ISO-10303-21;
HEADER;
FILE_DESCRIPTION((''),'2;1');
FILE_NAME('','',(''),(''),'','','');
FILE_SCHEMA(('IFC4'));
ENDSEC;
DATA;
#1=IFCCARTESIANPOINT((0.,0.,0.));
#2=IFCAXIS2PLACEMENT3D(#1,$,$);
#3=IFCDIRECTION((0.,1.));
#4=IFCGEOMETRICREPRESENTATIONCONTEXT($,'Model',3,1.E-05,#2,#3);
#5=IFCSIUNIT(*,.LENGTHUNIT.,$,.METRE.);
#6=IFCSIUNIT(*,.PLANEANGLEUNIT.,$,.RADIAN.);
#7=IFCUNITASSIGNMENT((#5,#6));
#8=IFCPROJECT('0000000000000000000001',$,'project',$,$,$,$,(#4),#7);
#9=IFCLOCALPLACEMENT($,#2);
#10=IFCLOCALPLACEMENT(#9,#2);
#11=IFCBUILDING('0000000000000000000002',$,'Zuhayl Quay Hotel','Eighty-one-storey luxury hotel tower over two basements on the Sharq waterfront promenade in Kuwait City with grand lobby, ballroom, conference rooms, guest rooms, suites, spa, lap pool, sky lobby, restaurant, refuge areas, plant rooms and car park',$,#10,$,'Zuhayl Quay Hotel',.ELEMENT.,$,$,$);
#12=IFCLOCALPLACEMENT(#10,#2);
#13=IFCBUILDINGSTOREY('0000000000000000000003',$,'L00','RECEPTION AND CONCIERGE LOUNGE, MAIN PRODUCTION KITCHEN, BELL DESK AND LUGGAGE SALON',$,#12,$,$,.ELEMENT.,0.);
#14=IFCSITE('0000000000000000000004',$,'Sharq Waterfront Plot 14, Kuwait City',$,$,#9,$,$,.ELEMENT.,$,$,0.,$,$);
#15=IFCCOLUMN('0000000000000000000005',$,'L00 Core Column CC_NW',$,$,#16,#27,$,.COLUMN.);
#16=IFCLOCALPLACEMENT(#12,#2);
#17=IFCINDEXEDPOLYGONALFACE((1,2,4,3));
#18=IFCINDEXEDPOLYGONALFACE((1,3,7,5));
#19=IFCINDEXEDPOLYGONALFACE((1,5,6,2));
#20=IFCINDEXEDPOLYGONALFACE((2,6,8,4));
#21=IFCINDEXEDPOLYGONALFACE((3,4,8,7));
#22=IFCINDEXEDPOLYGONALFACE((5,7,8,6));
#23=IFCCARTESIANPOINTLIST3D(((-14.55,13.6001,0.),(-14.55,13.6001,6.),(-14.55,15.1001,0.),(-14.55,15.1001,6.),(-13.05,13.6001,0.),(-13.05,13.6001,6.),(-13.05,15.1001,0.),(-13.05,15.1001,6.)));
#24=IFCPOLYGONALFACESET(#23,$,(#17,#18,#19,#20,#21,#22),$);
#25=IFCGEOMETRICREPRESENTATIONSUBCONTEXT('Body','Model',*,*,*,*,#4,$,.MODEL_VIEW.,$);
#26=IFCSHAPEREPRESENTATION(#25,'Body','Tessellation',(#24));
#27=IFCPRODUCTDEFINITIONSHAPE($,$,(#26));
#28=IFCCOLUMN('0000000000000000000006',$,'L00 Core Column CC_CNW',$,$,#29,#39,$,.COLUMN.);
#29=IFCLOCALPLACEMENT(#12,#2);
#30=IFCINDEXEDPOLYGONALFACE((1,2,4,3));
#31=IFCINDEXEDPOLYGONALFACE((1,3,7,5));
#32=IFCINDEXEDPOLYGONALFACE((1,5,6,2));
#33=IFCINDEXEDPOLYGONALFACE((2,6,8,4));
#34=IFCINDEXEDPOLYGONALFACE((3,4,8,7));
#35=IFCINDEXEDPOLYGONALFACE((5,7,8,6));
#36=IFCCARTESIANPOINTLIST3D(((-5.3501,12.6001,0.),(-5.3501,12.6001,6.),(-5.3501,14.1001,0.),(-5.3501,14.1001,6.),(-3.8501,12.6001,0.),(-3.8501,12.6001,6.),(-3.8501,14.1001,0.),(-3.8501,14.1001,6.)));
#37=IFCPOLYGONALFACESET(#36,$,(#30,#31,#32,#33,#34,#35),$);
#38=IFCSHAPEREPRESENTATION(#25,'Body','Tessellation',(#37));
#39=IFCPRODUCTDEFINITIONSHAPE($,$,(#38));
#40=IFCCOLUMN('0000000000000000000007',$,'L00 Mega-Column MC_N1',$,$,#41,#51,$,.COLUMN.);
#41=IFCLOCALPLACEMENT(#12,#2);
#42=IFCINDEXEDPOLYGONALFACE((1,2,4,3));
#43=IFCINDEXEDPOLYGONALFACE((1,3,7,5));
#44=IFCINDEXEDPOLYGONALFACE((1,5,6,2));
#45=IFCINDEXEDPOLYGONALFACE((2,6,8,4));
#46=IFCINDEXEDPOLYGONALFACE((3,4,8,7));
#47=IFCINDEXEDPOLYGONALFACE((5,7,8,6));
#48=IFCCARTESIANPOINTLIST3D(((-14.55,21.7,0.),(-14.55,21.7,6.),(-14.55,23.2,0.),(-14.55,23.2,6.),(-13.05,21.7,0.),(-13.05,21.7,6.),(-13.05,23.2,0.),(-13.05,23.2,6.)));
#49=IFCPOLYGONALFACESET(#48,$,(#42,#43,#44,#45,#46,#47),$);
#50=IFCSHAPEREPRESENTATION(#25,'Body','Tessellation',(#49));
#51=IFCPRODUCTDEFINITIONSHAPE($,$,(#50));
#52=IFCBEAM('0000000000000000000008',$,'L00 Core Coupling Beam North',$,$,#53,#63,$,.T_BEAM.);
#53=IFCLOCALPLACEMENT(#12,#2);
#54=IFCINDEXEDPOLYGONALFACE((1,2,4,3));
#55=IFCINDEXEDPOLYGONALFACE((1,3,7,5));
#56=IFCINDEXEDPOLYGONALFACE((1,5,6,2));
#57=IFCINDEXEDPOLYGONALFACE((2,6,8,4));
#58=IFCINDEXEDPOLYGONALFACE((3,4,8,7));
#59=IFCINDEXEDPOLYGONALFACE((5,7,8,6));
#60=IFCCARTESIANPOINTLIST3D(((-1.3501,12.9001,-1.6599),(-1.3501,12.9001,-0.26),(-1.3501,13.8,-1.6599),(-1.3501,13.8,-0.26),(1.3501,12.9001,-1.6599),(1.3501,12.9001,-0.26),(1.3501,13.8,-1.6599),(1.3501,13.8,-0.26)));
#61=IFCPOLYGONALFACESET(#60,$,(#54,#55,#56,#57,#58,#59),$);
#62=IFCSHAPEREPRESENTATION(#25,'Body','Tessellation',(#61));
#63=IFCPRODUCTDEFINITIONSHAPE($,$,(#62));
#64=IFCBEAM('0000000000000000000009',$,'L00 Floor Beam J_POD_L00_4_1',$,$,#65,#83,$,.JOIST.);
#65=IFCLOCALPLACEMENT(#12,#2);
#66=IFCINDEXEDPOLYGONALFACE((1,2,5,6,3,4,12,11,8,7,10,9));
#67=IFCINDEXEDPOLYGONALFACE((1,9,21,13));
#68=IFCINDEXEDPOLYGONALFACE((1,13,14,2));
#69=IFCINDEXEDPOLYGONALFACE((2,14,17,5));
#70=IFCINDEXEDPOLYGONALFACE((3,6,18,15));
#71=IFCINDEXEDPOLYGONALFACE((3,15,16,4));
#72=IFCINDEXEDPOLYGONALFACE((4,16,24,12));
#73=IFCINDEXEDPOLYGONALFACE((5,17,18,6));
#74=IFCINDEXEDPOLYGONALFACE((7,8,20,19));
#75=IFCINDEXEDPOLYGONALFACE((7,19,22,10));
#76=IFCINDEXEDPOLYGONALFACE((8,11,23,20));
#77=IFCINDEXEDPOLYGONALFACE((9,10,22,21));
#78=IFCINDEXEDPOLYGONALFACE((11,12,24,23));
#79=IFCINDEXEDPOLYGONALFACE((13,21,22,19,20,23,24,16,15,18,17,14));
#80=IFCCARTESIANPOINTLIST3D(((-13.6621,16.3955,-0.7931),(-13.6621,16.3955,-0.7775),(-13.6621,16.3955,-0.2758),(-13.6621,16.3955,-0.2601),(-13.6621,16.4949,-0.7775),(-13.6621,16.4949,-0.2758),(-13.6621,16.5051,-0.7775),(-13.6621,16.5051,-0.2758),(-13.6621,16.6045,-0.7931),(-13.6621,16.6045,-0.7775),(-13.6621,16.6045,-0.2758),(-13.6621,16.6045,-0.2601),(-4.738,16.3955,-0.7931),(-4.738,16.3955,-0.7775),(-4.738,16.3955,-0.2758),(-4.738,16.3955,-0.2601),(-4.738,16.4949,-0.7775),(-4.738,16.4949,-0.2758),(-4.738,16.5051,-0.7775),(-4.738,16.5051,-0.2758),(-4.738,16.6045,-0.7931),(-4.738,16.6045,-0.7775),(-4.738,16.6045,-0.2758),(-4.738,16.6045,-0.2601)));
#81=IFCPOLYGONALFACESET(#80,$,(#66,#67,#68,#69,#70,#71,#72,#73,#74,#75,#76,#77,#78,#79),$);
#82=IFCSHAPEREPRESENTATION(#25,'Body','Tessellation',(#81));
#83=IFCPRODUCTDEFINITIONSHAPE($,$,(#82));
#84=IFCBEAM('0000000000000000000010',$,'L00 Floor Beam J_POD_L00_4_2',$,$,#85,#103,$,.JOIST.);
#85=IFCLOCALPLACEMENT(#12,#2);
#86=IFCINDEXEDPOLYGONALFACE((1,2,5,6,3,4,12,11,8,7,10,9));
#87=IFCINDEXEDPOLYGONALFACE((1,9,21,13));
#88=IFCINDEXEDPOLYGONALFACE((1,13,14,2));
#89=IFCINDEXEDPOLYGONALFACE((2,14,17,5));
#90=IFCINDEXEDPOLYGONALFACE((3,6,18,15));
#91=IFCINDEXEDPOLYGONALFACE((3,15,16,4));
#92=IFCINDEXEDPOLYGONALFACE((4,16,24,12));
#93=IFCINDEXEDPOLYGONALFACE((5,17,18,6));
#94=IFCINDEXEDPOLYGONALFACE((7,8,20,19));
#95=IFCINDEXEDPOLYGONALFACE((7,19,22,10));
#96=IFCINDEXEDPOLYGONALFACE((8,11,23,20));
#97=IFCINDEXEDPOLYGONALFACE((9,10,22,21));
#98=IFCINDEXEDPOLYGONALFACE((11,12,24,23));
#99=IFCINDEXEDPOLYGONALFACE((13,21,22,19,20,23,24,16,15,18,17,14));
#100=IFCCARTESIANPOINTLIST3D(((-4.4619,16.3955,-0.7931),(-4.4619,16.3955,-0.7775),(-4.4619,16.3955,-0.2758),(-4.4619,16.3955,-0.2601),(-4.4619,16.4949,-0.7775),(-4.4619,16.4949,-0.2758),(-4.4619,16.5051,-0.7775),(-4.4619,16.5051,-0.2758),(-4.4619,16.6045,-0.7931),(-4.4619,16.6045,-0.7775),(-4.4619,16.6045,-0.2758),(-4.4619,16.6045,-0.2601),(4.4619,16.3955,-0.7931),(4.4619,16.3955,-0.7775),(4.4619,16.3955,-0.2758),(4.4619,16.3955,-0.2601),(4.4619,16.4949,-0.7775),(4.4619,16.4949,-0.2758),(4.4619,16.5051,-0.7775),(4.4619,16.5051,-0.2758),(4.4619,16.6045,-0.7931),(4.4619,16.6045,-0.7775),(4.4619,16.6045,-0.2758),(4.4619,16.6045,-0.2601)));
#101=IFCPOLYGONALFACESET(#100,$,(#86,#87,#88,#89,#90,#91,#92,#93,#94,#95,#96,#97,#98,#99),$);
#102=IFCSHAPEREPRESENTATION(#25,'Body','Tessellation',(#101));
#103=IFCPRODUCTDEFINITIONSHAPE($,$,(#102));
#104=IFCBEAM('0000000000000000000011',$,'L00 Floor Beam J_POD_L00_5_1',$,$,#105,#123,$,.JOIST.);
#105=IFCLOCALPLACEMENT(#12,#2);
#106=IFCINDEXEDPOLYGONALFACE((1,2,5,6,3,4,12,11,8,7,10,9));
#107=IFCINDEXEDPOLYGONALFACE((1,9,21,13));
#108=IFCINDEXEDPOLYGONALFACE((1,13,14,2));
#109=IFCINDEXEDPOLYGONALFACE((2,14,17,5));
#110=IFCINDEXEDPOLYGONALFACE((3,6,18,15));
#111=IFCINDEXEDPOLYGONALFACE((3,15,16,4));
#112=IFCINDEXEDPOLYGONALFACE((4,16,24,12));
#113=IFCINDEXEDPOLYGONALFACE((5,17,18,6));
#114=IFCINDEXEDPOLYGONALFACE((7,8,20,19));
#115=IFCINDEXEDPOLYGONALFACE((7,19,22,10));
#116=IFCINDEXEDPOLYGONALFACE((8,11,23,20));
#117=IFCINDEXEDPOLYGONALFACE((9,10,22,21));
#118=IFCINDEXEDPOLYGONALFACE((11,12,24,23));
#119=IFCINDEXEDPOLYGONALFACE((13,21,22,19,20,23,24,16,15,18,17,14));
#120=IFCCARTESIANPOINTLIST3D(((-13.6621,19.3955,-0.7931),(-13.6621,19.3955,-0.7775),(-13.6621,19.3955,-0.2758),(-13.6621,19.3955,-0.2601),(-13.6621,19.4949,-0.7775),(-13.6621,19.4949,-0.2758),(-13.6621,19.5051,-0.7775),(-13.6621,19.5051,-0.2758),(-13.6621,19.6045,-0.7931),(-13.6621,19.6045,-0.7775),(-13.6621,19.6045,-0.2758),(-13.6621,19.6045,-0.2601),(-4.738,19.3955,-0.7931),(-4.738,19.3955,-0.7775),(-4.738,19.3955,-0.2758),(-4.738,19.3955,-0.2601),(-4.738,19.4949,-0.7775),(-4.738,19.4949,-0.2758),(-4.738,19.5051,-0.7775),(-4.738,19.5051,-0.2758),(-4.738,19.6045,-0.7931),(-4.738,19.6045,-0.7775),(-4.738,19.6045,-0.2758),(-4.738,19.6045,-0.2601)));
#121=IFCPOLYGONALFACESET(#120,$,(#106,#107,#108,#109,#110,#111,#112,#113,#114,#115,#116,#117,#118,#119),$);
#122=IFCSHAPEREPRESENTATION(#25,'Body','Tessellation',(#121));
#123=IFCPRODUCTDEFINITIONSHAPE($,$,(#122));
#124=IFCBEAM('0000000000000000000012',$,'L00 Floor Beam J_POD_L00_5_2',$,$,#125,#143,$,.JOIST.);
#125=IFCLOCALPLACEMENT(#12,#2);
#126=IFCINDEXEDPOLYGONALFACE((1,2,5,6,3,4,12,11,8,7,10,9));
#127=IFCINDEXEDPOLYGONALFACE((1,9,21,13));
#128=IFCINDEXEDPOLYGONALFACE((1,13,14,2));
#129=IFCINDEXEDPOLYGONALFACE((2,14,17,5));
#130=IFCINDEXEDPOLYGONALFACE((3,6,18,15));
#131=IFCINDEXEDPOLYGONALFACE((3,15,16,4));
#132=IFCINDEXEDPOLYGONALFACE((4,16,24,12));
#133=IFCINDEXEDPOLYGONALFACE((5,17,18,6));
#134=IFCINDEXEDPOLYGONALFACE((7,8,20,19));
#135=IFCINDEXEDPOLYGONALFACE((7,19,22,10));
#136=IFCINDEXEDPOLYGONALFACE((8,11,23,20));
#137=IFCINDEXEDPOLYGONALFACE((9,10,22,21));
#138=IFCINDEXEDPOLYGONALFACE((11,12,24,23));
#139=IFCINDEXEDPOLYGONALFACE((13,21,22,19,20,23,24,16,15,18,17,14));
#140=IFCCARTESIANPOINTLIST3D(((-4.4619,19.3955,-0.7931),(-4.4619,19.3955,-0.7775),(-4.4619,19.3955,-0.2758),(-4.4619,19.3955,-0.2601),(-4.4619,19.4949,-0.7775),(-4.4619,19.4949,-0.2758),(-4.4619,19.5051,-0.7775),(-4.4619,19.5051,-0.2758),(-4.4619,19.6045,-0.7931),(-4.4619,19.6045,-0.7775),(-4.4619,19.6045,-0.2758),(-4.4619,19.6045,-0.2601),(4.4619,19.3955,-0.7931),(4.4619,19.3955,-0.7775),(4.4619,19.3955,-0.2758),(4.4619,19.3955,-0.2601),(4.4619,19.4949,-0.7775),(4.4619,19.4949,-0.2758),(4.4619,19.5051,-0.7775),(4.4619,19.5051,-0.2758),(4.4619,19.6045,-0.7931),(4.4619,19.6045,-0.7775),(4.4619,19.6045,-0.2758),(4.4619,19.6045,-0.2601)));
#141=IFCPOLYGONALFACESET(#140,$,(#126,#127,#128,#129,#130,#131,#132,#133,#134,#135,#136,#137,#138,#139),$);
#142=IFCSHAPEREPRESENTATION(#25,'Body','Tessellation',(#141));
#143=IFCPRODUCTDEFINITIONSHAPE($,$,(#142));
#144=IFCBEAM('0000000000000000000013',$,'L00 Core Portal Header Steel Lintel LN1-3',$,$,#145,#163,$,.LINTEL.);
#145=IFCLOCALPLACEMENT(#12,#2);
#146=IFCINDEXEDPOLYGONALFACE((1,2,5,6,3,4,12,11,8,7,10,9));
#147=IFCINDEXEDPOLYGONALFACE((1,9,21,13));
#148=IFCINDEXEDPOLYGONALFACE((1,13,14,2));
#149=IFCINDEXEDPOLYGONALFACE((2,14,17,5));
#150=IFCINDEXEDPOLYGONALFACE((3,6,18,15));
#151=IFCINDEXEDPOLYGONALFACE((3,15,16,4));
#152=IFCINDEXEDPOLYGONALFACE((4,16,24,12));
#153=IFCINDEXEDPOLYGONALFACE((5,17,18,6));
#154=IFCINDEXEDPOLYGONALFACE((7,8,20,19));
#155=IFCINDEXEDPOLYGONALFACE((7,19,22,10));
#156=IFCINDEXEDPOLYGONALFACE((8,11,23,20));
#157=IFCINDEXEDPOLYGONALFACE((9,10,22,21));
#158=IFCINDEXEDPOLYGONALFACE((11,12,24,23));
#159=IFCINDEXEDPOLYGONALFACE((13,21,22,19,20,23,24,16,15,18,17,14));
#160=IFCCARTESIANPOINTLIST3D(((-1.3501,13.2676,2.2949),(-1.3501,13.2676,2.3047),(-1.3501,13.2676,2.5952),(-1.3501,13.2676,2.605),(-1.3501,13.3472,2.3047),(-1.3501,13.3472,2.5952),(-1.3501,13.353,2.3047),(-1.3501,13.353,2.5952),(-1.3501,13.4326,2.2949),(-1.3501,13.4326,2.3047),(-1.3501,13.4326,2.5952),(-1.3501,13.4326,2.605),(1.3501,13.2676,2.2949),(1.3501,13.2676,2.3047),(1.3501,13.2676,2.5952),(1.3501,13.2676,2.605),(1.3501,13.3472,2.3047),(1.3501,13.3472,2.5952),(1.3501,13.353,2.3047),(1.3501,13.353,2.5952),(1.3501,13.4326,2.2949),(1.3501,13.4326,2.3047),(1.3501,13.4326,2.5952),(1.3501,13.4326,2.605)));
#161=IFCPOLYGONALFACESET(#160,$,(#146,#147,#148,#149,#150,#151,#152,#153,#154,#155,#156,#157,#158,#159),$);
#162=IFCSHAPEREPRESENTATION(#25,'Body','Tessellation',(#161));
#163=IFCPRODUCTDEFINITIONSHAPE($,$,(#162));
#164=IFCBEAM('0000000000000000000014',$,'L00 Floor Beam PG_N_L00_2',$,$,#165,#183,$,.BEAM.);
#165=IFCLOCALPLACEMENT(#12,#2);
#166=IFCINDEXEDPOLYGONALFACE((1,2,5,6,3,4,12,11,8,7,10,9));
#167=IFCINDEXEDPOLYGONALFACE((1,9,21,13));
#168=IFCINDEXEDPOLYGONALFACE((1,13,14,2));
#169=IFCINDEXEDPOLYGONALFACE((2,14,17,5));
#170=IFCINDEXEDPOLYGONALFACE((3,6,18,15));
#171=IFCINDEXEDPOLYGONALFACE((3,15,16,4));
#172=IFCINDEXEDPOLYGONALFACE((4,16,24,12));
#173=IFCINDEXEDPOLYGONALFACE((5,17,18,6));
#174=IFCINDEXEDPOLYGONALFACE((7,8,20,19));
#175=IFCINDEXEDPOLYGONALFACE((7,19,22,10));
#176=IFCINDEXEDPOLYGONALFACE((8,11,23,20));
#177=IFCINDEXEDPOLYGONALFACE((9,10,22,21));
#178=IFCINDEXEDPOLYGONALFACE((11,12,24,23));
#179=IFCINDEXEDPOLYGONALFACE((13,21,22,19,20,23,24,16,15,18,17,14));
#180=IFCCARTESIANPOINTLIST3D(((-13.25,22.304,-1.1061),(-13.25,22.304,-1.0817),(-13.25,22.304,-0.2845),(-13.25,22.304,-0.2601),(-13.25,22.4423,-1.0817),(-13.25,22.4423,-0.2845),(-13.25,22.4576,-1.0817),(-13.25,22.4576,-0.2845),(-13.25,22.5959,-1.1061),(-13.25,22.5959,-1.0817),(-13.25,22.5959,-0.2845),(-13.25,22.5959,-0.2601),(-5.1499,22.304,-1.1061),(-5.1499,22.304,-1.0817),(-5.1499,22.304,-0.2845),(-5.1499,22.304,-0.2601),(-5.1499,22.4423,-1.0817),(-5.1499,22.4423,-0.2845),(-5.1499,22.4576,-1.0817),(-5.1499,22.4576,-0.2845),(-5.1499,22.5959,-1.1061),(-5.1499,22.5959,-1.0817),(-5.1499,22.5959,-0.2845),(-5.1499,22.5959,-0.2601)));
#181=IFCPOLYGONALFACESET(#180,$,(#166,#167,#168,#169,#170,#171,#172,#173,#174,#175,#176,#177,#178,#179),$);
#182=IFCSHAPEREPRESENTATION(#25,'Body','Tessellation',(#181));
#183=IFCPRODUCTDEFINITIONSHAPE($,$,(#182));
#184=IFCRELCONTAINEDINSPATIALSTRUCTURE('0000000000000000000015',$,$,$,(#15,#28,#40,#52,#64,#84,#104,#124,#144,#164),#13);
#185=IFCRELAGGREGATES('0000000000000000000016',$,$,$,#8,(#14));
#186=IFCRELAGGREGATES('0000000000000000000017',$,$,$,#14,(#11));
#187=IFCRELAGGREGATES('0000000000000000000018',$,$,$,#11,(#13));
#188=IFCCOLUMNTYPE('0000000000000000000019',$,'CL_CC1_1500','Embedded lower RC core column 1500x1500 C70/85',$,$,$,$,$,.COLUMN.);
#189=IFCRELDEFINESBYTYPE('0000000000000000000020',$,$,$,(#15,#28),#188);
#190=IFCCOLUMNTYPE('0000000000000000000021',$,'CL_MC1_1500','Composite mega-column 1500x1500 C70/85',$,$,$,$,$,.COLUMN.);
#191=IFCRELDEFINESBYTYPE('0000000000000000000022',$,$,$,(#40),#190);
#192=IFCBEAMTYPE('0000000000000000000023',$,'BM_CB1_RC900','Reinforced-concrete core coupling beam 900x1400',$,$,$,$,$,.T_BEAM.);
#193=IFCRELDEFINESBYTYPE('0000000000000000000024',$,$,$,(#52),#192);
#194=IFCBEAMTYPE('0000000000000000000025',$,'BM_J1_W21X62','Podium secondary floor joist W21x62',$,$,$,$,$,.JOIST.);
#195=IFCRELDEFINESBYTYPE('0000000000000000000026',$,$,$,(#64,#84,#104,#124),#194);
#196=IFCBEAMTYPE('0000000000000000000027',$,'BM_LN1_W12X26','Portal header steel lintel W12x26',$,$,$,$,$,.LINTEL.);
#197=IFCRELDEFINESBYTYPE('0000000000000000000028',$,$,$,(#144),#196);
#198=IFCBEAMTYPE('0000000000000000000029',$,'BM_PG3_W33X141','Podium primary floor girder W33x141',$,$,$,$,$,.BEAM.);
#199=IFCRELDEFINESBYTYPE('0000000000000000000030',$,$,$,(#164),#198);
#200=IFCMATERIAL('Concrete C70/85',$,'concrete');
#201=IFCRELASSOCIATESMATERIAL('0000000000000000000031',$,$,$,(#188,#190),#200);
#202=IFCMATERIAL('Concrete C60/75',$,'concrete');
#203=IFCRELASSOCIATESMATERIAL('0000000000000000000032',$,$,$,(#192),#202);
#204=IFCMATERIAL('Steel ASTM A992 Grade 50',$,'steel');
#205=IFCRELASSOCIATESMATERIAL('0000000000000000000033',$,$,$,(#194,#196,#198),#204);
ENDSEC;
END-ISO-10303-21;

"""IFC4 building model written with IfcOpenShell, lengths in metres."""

from ifc_helpers import new_model, si_unit, direction, frame, origin, origin_2d, place, context, subcontext, project, spatial, rectangle, i_section, extrude, material, material_profile, profile_set, type_object, element, save


model = new_model("IFC4")

# Units and contexts
model_context = context("Model", 3, precision=1e-05, world=origin(), true_north=direction((0.0, 1.0)))
body_context = subcontext(model_context, "Body", "Model", "MODEL_VIEW")
ifc_project = project(units=[si_unit("LENGTHUNIT", "METRE"), si_unit("PLANEANGLEUNIT", "RADIAN")], contexts=[model_context])

# Site, building, storey
site_placement = place(None, origin())
site = spatial("IfcSite", under=ifc_project, at=site_placement, Name="Sharq Waterfront Plot 14, Kuwait City", CompositionType="ELEMENT", RefElevation=0.0)
building_placement = place(site_placement, origin())
building = spatial("IfcBuilding", under=site, at=building_placement, Name="Zuhayl Quay Hotel", Description="Eighty-one-storey luxury hotel tower over two basements on the Sharq waterfront promenade in Kuwait City with grand lobby, ballroom, conference rooms, guest rooms, suites, spa, lap pool, sky lobby, restaurant, refuge areas, plant rooms and car park", LongName="Zuhayl Quay Hotel", CompositionType="ELEMENT")
storey_placement = place(building_placement, origin())
storey = spatial("IfcBuildingStorey", under=building, at=storey_placement, Name="L00", Description="RECEPTION AND CONCIERGE LOUNGE, MAIN PRODUCTION KITCHEN, BELL DESK AND LUGGAGE SALON", CompositionType="ELEMENT", Elevation=0.0)

# Columns
ifc_material_1 = material(Name="Concrete C70/85", Category="concrete")
ifc_material_profile_1 = material_profile(ifc_material_1, rectangle(XDim=1.5, YDim=1.5, at=origin_2d()), Name="RC1500X1500")
ifc_profile_set_1 = profile_set([ifc_material_profile_1], Name="Concrete C70/85")
column_type_1 = type_object("IfcColumnType", Name="CL_CC1_1500", Description="Embedded lower RC core column 1500x1500 C70/85", PredefinedType="COLUMN", material=ifc_profile_set_1)
for number, where, z_axis, x_axis, name in (
    (1, (-13.8, 14.3501, 0.0), (0.0, 0.0, 1.0), (1.0, 0.0, 0.0), "L00 Core Column CC_NW"),
    (2, (-4.6001, 13.3501, 0.0), (0.0, 0.0, 1.0), (1.0, 0.0, 0.0), "L00 Core Column CC_CNW"),
):
    element("IfcColumn", number, at=place(storey_placement, frame(where, z_axis=z_axis, x_axis=x_axis)), inside=storey, type_object=column_type_1, Name=name, PredefinedType="COLUMN", context=body_context, shape_type="SweptSolid", body=[
        extrude(rectangle(XDim=1.5, YDim=1.5, at=origin_2d()), origin(), (0.0, 0.0, 1.0), 6.0),
    ])
ifc_material_profile_2 = material_profile(ifc_material_1, rectangle(XDim=1.5, YDim=1.5, at=origin_2d()), Name="RC1500X1500")
ifc_profile_set_2 = profile_set([ifc_material_profile_2], Name="Concrete C70/85")
column_type_2 = type_object("IfcColumnType", Name="CL_MC1_1500", Description="Composite mega-column 1500x1500 C70/85", PredefinedType="COLUMN", material=ifc_profile_set_2)
column_placement = place(storey_placement, frame((-13.8, 22.45, 0.0), z_axis=(0.0, 0.0, 1.0), x_axis=(1.0, 0.0, 0.0)))
element("IfcColumn", 3, at=column_placement, inside=storey, type_object=column_type_2, Name="L00 Mega-Column MC_N1", PredefinedType="COLUMN", context=body_context, shape_type="SweptSolid", body=[
    extrude(rectangle(XDim=1.5, YDim=1.5, at=origin_2d()), origin(), (0.0, 0.0, 1.0), 6.0),
])

# Beams
ifc_material_2 = material(Name="Concrete C60/75", Category="concrete")
ifc_material_profile_3 = material_profile(ifc_material_2, rectangle(XDim=0.8999, YDim=1.3999, at=origin_2d()), Name="RC900X1400")
ifc_profile_set_3 = profile_set([ifc_material_profile_3], Name="Concrete C60/75")
beam_type_1 = type_object("IfcBeamType", Name="BM_CB1_RC900", Description="Reinforced-concrete core coupling beam 900x1400", PredefinedType="T_BEAM", material=ifc_profile_set_3)
beam_1_placement = place(storey_placement, frame((-1.3501, 13.3501, -0.96), z_axis=(1.0, 0.0, 0.0), x_axis=(0.0, 1.0, 0.0)))
element("IfcBeam", 4, at=beam_1_placement, inside=storey, type_object=beam_type_1, Name="L00 Core Coupling Beam North", PredefinedType="T_BEAM", context=body_context, shape_type="SweptSolid", body=[
    extrude(rectangle(XDim=0.8999, YDim=1.3999, at=origin_2d()), origin(), (0.0, 0.0, 1.0), 2.7002),
])
ifc_material_3 = material(Name="Steel ASTM A992 Grade 50", Category="steel")
ifc_material_profile_4 = material_profile(ifc_material_3, i_section(OverallWidth=0.209, OverallDepth=0.533, WebThickness=0.0103, FlangeThickness=0.0156, at=origin_2d()), Name="W21X62")
ifc_profile_set_4 = profile_set([ifc_material_profile_4], Name="Steel ASTM A992 Grade 50")
beam_type_2 = type_object("IfcBeamType", Name="BM_J1_W21X62", Description="Podium secondary floor joist W21x62", PredefinedType="JOIST", material=ifc_profile_set_4)
beam_2_placement = place(storey_placement, frame((-13.6621, 16.5, -0.5266), z_axis=(1.0, 0.0, 0.0), x_axis=(0.0, 1.0, 0.0)))
element("IfcBeam", 5, at=beam_2_placement, inside=storey, type_object=beam_type_2, Name="L00 Floor Beam J_POD_L00_4_1", PredefinedType="JOIST", context=body_context, shape_type="SweptSolid", body=[
    extrude(i_section(OverallWidth=0.209, OverallDepth=0.533, WebThickness=0.0103, FlangeThickness=0.0156, at=origin_2d()), origin(), (0.0, 0.0, 1.0), 8.9241),
])
beam_3_placement = place(storey_placement, frame((-4.4619, 16.5, -0.5266), z_axis=(1.0, 0.0, 0.0), x_axis=(0.0, 1.0, 0.0)))
element("IfcBeam", 6, at=beam_3_placement, inside=storey, type_object=beam_type_2, Name="L00 Floor Beam J_POD_L00_4_2", PredefinedType="JOIST", context=body_context, shape_type="SweptSolid", body=[
    extrude(i_section(OverallWidth=0.209, OverallDepth=0.533, WebThickness=0.0103, FlangeThickness=0.0156, at=origin_2d()), origin(), (0.0, 0.0, 1.0), 8.9238),
])
beam_4_placement = place(storey_placement, frame((-13.6621, 19.5, -0.5266), z_axis=(1.0, 0.0, 0.0), x_axis=(0.0, 1.0, 0.0)))
element("IfcBeam", 7, at=beam_4_placement, inside=storey, type_object=beam_type_2, Name="L00 Floor Beam J_POD_L00_5_1", PredefinedType="JOIST", context=body_context, shape_type="SweptSolid", body=[
    extrude(i_section(OverallWidth=0.209, OverallDepth=0.533, WebThickness=0.0103, FlangeThickness=0.0156, at=origin_2d()), origin(), (0.0, 0.0, 1.0), 8.9241),
])
beam_5_placement = place(storey_placement, frame((-4.4619, 19.5, -0.5266), z_axis=(1.0, 0.0, 0.0), x_axis=(0.0, 1.0, 0.0)))
element("IfcBeam", 8, at=beam_5_placement, inside=storey, type_object=beam_type_2, Name="L00 Floor Beam J_POD_L00_5_2", PredefinedType="JOIST", context=body_context, shape_type="SweptSolid", body=[
    extrude(i_section(OverallWidth=0.209, OverallDepth=0.533, WebThickness=0.0103, FlangeThickness=0.0156, at=origin_2d()), origin(), (0.0, 0.0, 1.0), 8.9238),
])
ifc_material_profile_5 = material_profile(ifc_material_3, i_section(OverallWidth=0.165, OverallDepth=0.3101, WebThickness=0.0059, FlangeThickness=0.0098, at=origin_2d()), Name="W12X26")
ifc_profile_set_5 = profile_set([ifc_material_profile_5], Name="Steel ASTM A992 Grade 50")
beam_type_3 = type_object("IfcBeamType", Name="BM_LN1_W12X26", Description="Portal header steel lintel W12x26", PredefinedType="LINTEL", material=ifc_profile_set_5)
beam_6_placement = place(storey_placement, frame((-1.3501, 13.3501, 2.45), z_axis=(1.0, 0.0, 0.0), x_axis=(0.0, 1.0, 0.0)))
element("IfcBeam", 9, at=beam_6_placement, inside=storey, type_object=beam_type_3, Name="L00 Core Portal Header Steel Lintel LN1-3", PredefinedType="LINTEL", context=body_context, shape_type="SweptSolid", body=[
    extrude(i_section(OverallWidth=0.165, OverallDepth=0.3101, WebThickness=0.0059, FlangeThickness=0.0098, at=origin_2d()), origin(), (0.0, 0.0, 1.0), 2.7002),
])
ifc_material_profile_6 = material_profile(ifc_material_3, i_section(OverallWidth=0.292, OverallDepth=0.8459, WebThickness=0.0154, FlangeThickness=0.0244, at=origin_2d()), Name="W33X141")
ifc_profile_set_6 = profile_set([ifc_material_profile_6], Name="Steel ASTM A992 Grade 50")
beam_type_4 = type_object("IfcBeamType", Name="BM_PG3_W33X141", Description="Podium primary floor girder W33x141", PredefinedType="BEAM", material=ifc_profile_set_6)
beam_7_placement = place(storey_placement, frame((-13.25, 22.45, -0.6831), z_axis=(1.0, 0.0, 0.0), x_axis=(0.0, 1.0, 0.0)))
element("IfcBeam", 10, at=beam_7_placement, inside=storey, type_object=beam_type_4, Name="L00 Floor Beam PG_N_L00_2", PredefinedType="BEAM", context=body_context, shape_type="SweptSolid", body=[
    extrude(i_section(OverallWidth=0.292, OverallDepth=0.8459, WebThickness=0.0154, FlangeThickness=0.0244, at=origin_2d()), origin(), (0.0, 0.0, 1.0), 8.1001),
])

save(model, "model.ifc")
